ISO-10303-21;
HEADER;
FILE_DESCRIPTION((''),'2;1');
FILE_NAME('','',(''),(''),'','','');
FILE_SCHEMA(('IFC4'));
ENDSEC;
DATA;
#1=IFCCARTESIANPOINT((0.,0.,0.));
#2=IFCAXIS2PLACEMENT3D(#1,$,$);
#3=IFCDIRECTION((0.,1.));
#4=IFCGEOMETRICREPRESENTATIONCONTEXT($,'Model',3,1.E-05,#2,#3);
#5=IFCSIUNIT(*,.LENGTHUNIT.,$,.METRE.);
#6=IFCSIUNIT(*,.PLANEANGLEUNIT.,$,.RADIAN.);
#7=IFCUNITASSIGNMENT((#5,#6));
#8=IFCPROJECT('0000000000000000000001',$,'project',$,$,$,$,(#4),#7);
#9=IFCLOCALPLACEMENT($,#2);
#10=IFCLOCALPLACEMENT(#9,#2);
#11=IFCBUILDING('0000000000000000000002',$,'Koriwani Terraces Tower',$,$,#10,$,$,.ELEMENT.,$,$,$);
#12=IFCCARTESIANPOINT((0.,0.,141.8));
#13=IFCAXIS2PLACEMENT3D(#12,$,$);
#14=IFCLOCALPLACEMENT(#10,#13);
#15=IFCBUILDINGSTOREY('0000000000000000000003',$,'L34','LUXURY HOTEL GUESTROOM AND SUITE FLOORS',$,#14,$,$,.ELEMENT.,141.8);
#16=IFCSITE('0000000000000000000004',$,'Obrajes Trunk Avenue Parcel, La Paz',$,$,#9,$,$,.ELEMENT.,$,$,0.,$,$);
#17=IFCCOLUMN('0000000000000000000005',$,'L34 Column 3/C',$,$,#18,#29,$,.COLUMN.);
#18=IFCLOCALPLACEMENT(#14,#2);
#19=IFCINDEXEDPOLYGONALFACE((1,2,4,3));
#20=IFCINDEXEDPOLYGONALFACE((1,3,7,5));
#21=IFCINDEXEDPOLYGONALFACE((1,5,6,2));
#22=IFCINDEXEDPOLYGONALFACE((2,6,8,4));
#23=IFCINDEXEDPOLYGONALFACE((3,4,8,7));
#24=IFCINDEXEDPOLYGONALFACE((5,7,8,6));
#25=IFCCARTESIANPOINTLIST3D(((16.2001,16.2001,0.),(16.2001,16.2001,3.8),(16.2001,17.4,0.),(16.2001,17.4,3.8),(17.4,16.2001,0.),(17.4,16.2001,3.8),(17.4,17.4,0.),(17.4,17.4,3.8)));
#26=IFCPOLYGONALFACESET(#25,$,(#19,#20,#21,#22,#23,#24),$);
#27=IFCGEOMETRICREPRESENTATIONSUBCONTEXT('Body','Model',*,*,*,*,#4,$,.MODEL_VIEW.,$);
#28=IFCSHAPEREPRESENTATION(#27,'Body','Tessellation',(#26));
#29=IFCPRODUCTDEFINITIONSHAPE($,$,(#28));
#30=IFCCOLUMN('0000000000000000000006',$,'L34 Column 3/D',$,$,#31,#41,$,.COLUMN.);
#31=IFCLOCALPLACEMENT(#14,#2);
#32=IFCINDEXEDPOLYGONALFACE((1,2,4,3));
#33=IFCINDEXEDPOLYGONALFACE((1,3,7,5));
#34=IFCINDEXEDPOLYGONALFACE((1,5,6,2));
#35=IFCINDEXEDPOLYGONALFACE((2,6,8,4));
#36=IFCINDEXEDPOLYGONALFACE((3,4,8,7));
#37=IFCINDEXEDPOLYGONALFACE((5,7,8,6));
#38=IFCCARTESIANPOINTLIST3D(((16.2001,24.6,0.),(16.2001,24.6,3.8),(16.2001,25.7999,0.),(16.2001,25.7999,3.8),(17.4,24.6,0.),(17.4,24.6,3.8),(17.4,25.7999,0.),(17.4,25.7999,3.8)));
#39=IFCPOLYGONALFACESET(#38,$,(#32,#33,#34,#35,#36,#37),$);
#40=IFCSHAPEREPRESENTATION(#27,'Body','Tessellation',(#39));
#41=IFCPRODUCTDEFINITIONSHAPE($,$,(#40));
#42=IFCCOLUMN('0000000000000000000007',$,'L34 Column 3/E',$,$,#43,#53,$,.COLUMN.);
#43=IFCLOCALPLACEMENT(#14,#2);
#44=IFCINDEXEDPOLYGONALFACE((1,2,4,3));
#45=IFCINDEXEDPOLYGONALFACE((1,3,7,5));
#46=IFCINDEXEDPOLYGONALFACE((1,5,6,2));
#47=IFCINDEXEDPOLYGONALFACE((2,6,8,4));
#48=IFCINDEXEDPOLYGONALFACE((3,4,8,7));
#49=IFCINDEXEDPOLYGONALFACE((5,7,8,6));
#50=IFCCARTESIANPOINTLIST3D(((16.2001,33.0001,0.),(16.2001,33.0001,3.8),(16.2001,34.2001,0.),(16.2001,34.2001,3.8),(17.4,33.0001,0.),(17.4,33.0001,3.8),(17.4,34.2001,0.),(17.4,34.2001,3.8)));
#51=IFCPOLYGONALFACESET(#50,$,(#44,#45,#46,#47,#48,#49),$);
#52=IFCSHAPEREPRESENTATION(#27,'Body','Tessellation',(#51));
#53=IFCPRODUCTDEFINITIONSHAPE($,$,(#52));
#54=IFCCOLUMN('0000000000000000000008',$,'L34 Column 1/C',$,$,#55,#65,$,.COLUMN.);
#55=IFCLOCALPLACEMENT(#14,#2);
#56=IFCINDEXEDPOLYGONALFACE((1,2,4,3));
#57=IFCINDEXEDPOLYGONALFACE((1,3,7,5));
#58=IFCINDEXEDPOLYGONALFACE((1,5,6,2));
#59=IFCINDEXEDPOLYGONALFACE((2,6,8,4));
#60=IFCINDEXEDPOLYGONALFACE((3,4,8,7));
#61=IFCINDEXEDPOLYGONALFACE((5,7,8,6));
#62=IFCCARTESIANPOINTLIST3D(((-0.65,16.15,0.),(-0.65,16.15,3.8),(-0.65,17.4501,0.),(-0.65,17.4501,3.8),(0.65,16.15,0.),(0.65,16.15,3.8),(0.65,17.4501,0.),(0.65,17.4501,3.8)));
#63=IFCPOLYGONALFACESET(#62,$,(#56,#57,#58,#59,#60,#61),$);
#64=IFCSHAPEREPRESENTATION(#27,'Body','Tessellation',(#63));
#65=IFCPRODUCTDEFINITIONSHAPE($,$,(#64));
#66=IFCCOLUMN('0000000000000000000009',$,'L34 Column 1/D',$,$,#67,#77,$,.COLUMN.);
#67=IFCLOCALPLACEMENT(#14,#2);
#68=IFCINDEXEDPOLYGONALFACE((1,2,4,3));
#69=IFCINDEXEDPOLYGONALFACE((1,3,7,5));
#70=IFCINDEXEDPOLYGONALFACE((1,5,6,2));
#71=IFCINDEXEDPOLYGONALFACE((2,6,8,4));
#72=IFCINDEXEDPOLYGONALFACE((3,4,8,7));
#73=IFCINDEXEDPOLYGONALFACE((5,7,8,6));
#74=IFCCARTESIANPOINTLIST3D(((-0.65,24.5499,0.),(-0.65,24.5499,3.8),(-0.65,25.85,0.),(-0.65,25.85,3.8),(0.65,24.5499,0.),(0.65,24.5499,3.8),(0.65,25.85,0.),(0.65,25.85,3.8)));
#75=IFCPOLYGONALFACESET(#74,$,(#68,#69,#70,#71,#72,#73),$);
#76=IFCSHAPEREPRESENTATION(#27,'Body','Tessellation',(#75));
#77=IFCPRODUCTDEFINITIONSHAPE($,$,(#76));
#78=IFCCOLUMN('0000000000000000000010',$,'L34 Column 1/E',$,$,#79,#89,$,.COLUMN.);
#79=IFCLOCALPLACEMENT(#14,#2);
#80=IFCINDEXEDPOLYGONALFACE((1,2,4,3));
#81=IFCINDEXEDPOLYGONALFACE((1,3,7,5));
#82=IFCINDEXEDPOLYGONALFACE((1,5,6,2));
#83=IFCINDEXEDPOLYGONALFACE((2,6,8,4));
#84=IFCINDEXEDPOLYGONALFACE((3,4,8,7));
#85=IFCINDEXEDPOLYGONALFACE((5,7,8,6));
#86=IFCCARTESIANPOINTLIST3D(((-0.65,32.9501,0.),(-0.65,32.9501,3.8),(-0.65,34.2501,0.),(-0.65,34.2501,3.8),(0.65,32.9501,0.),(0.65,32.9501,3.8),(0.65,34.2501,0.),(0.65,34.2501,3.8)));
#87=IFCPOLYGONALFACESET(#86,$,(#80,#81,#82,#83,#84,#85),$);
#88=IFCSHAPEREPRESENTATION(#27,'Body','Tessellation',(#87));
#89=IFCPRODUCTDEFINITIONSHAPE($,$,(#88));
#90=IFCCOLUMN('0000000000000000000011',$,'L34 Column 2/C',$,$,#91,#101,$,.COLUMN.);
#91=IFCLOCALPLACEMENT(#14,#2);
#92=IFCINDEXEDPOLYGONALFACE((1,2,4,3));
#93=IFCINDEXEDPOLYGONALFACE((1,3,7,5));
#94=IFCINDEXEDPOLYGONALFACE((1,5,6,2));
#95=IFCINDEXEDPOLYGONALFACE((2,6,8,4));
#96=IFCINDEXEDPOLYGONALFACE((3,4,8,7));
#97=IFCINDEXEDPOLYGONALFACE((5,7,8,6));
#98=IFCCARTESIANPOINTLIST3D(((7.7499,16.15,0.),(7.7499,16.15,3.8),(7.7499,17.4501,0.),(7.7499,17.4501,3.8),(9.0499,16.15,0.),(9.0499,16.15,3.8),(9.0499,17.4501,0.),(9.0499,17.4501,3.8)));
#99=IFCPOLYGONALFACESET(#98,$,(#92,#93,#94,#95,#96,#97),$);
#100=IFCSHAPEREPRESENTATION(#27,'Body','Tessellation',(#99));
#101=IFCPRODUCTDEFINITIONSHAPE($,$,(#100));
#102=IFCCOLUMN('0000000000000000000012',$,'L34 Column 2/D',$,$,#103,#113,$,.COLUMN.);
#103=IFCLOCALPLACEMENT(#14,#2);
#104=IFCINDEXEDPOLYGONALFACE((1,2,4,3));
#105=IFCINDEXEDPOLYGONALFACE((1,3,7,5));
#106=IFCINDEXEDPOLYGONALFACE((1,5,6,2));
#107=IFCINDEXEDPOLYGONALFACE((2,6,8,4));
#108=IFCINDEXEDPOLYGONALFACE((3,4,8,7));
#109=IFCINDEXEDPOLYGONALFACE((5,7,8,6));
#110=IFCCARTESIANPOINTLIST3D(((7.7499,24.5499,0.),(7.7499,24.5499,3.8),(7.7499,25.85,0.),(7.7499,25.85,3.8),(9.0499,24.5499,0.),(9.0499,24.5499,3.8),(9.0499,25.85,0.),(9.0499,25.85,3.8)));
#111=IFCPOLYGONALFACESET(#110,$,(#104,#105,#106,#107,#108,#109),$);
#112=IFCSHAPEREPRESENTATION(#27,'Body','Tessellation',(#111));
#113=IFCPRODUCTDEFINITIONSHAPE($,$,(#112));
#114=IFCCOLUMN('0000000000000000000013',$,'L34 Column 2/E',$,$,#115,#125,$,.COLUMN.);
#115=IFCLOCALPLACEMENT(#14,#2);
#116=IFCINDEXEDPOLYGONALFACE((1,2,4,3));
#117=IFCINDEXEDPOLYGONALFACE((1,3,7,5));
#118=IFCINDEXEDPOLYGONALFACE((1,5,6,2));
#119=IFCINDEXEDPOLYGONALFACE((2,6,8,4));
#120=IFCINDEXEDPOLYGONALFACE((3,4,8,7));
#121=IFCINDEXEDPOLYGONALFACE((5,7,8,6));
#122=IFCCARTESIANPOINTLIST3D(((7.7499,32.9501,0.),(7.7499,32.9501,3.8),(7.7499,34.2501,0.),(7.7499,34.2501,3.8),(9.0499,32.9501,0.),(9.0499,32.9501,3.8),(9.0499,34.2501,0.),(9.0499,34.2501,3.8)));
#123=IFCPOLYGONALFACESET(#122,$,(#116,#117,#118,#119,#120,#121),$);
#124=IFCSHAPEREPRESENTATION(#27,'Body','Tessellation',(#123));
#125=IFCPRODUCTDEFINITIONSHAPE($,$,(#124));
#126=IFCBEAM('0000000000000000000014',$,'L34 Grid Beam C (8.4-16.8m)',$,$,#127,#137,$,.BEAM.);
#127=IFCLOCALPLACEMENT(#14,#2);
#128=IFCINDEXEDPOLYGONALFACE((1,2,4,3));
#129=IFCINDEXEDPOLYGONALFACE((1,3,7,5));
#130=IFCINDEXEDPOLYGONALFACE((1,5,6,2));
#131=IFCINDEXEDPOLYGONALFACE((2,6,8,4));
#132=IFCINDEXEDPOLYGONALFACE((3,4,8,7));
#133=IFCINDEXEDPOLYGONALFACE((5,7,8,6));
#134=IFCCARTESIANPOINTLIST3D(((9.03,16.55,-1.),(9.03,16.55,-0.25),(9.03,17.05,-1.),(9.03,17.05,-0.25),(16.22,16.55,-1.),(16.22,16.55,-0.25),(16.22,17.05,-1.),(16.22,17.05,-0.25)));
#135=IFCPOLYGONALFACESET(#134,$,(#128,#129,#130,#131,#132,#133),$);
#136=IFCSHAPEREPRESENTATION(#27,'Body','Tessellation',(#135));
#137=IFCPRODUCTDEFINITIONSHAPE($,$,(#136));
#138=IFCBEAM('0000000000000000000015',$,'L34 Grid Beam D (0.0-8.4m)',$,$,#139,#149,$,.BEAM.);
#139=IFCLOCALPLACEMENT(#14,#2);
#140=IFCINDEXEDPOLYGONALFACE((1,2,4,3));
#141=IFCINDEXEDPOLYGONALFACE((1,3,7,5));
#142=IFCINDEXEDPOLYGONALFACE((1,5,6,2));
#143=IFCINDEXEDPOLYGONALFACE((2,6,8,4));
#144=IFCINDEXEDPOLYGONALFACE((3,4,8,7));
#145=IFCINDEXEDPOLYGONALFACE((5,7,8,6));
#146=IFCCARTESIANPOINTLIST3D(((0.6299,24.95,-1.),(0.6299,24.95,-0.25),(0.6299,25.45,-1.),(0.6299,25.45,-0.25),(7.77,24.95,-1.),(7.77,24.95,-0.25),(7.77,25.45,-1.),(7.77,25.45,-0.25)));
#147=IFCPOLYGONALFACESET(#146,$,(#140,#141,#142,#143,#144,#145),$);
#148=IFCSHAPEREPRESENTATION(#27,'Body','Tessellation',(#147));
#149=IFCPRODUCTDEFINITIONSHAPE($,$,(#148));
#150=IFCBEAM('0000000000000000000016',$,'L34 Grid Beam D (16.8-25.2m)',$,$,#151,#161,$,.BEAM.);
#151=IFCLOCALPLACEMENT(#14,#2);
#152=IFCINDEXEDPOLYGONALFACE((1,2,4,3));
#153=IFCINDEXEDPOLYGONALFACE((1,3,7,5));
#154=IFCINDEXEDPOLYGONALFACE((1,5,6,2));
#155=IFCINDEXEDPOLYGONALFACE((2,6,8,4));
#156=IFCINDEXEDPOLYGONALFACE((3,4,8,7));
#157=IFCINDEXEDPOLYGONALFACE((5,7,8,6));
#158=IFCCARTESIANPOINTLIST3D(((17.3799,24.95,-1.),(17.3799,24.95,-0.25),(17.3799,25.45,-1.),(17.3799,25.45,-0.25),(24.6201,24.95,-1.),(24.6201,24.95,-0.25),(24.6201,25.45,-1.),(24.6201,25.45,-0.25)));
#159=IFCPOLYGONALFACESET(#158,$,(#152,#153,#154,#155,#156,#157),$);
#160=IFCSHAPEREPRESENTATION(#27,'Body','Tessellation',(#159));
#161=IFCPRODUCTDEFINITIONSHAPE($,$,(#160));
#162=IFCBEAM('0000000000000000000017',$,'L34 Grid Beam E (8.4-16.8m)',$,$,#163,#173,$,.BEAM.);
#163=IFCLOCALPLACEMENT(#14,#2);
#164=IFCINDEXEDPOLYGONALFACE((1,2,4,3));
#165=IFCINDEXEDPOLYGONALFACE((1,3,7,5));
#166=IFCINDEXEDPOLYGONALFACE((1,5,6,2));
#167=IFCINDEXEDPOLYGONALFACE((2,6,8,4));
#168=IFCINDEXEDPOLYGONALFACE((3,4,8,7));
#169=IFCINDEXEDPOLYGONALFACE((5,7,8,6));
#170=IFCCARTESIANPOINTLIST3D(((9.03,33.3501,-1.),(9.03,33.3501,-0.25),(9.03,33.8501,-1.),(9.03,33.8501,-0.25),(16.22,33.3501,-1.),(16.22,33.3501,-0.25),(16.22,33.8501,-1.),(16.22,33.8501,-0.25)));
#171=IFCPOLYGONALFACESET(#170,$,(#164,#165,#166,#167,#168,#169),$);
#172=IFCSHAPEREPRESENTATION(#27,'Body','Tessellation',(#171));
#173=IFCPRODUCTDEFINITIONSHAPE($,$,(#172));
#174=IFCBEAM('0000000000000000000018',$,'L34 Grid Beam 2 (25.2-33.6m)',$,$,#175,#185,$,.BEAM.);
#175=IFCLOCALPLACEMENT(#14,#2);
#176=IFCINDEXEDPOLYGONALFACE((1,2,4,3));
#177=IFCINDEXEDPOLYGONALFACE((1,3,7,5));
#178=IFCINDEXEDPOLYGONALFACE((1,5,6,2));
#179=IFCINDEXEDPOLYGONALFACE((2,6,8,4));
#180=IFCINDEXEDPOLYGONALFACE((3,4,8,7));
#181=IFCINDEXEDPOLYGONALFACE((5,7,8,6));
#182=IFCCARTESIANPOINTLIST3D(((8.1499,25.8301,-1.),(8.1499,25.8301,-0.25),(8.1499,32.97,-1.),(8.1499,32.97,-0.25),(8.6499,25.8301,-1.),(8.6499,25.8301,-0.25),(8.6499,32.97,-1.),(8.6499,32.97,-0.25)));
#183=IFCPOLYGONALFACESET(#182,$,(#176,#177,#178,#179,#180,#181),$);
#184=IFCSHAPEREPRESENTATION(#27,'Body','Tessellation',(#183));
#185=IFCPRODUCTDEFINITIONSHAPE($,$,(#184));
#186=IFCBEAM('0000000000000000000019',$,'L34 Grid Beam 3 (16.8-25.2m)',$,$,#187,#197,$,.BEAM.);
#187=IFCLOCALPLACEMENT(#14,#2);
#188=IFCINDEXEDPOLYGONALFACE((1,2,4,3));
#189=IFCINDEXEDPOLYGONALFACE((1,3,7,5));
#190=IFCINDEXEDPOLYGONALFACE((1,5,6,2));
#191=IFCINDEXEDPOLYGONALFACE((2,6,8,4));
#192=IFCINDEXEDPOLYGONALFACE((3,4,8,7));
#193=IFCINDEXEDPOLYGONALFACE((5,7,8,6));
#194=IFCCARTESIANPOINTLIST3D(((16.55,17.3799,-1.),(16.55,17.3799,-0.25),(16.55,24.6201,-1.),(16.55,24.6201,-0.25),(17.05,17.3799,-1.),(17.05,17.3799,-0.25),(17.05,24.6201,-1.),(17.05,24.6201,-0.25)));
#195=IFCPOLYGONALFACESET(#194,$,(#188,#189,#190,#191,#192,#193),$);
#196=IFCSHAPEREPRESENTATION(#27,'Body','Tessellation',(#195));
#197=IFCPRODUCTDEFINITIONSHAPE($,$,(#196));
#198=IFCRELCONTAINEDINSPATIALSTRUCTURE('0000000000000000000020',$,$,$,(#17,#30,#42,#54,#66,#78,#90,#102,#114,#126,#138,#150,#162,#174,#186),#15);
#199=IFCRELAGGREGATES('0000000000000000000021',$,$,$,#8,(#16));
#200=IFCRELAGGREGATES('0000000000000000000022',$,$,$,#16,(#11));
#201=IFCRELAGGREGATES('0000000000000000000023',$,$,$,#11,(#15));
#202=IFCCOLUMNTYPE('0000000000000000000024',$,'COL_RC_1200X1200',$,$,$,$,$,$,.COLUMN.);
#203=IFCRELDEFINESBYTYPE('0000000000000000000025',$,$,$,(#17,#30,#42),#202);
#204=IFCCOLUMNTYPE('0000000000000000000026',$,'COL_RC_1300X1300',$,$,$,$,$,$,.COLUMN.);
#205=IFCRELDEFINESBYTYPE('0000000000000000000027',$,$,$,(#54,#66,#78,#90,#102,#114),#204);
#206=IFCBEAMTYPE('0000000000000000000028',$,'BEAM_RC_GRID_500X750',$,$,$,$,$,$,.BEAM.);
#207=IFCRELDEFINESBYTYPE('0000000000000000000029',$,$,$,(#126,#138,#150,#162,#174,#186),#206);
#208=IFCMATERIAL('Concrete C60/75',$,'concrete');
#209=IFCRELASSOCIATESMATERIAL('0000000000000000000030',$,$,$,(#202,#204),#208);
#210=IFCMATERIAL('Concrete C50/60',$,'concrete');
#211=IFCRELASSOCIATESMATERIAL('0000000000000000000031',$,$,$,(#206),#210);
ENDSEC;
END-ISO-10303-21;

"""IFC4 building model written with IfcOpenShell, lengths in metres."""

from ifc_helpers import new_model, si_unit, direction, frame, origin, origin_2d, place, context, subcontext, project, spatial, rectangle, extrude, material, material_profile, profile_set, type_object, element, save


model = new_model("IFC4")

# Units and contexts
model_context = context("Model", 3, precision=1e-05, world=origin(), true_north=direction((0.0, 1.0)))
body_context = subcontext(model_context, "Body", "Model", "MODEL_VIEW")
ifc_project = project(units=[si_unit("LENGTHUNIT", "METRE"), si_unit("PLANEANGLEUNIT", "RADIAN")], contexts=[model_context])

# Site, building, storey
site_placement = place(None, origin())
site = spatial("IfcSite", under=ifc_project, at=site_placement, Name="Obrajes Trunk Avenue Parcel, La Paz", CompositionType="ELEMENT", RefElevation=0.0)
building_placement = place(site_placement, origin())
building = spatial("IfcBuilding", under=site, at=building_placement, Name="Koriwani Terraces Tower", CompositionType="ELEMENT")
storey_placement = place(building_placement, frame((0.0, 0.0, 141.8)))
storey = spatial("IfcBuildingStorey", under=building, at=storey_placement, Name="L34", Description="LUXURY HOTEL GUESTROOM AND SUITE FLOORS", CompositionType="ELEMENT", Elevation=141.8)

# Columns
ifc_material_1 = material(Name="Concrete C60/75", Category="concrete")
ifc_material_profile_1 = material_profile(ifc_material_1, rectangle(XDim=1.2, YDim=1.2, at=origin_2d()), Name="Concrete C60/75", Category="LoadBearing")
ifc_profile_set_1 = profile_set([ifc_material_profile_1], Name="Concrete C60/75")
column_type_1 = type_object("IfcColumnType", Name="COL_RC_1200X1200", PredefinedType="COLUMN", material=ifc_profile_set_1)
for number, where, z_axis, x_axis, name in (
    (1, (16.8, 16.8, 0.0), (0.0, 0.0, 1.0), (1.0, 0.0, 0.0), "L34 Column 3/C"),
    (2, (16.8, 25.2, 0.0), (0.0, 0.0, 1.0), (1.0, 0.0, 0.0), "L34 Column 3/D"),
    (3, (16.8, 33.6001, 0.0), (0.0, 0.0, 1.0), (1.0, 0.0, 0.0), "L34 Column 3/E"),
):
    element("IfcColumn", number, at=place(storey_placement, frame(where, z_axis=z_axis, x_axis=x_axis)), inside=storey, type_object=column_type_1, Name=name, PredefinedType="COLUMN", context=body_context, shape_type="SweptSolid", body=[
        extrude(rectangle(XDim=1.2, YDim=1.2, at=origin_2d()), origin(), (0.0, 0.0, 1.0), 3.8),
    ])
ifc_material_profile_2 = material_profile(ifc_material_1, rectangle(XDim=1.3, YDim=1.3, at=origin_2d()), Name="Concrete C60/75", Category="LoadBearing")
ifc_profile_set_2 = profile_set([ifc_material_profile_2], Name="Concrete C60/75")
column_type_2 = type_object("IfcColumnType", Name="COL_RC_1300X1300", PredefinedType="COLUMN", material=ifc_profile_set_2)
for number, where, z_axis, x_axis, name in (
    (4, (0.0, 16.8, 0.0), (0.0, 0.0, 1.0), (1.0, 0.0, 0.0), "L34 Column 1/C"),
    (5, (0.0, 25.2, 0.0), (0.0, 0.0, 1.0), (1.0, 0.0, 0.0), "L34 Column 1/D"),
    (6, (0.0, 33.6001, 0.0), (0.0, 0.0, 1.0), (1.0, 0.0, 0.0), "L34 Column 1/E"),
    (7, (8.3999, 16.8, 0.0), (0.0, 0.0, 1.0), (1.0, 0.0, 0.0), "L34 Column 2/C"),
    (8, (8.3999, 25.2, 0.0), (0.0, 0.0, 1.0), (1.0, 0.0, 0.0), "L34 Column 2/D"),
    (9, (8.3999, 33.6001, 0.0), (0.0, 0.0, 1.0), (1.0, 0.0, 0.0), "L34 Column 2/E"),
):
    element("IfcColumn", number, at=place(storey_placement, frame(where, z_axis=z_axis, x_axis=x_axis)), inside=storey, type_object=column_type_2, Name=name, PredefinedType="COLUMN", context=body_context, shape_type="SweptSolid", body=[
        extrude(rectangle(XDim=1.3, YDim=1.3, at=origin_2d()), origin(), (0.0, 0.0, 1.0), 3.8),
    ])

# Beams
ifc_material_2 = material(Name="Concrete C50/60", Category="concrete")
ifc_material_profile_3 = material_profile(ifc_material_2, rectangle(XDim=0.5, YDim=0.75, at=origin_2d()), Name="Concrete C50/60", Category="LoadBearing")
ifc_profile_set_3 = profile_set([ifc_material_profile_3], Name="Concrete C50/60")
beam_type_1 = type_object("IfcBeamType", Name="BEAM_RC_GRID_500X750", PredefinedType="BEAM", material=ifc_profile_set_3)
beam_1_placement = place(storey_placement, frame((9.03, 16.8, -0.625), z_axis=(1.0, 0.0, 0.0), x_axis=(0.0, 1.0, 0.0)))
element("IfcBeam", 10, at=beam_1_placement, inside=storey, type_object=beam_type_1, Name="L34 Grid Beam C (8.4-16.8m)", PredefinedType="BEAM", context=body_context, shape_type="SweptSolid", body=[
    extrude(rectangle(XDim=0.5, YDim=0.75, at=origin_2d()), origin(), (0.0, 0.0, 1.0), 7.1899),
])
beam_2_placement = place(storey_placement, frame((0.6299, 25.2, -0.625), z_axis=(1.0, 0.0, 0.0), x_axis=(0.0, 1.0, 0.0)))
element("IfcBeam", 11, at=beam_2_placement, inside=storey, type_object=beam_type_1, Name="L34 Grid Beam D (0.0-8.4m)", PredefinedType="BEAM", context=body_context, shape_type="SweptSolid", body=[
    extrude(rectangle(XDim=0.5, YDim=0.75, at=origin_2d()), origin(), (0.0, 0.0, 1.0), 7.1401),
])
beam_3_placement = place(storey_placement, frame((17.3799, 25.2, -0.625), z_axis=(1.0, 0.0, 0.0), x_axis=(0.0, 1.0, 0.0)))
element("IfcBeam", 12, at=beam_3_placement, inside=storey, type_object=beam_type_1, Name="L34 Grid Beam D (16.8-25.2m)", PredefinedType="BEAM", context=body_context, shape_type="SweptSolid", body=[
    extrude(rectangle(XDim=0.5, YDim=0.75, at=origin_2d()), origin(), (0.0, 0.0, 1.0), 7.2402),
])
beam_4_placement = place(storey_placement, frame((9.03, 33.6001, -0.625), z_axis=(1.0, 0.0, 0.0), x_axis=(0.0, 1.0, 0.0)))
element("IfcBeam", 13, at=beam_4_placement, inside=storey, type_object=beam_type_1, Name="L34 Grid Beam E (8.4-16.8m)", PredefinedType="BEAM", context=body_context, shape_type="SweptSolid", body=[
    extrude(rectangle(XDim=0.5, YDim=0.75, at=origin_2d()), origin(), (0.0, 0.0, 1.0), 7.1899),
])
beam_5_placement = place(storey_placement, frame((8.3999, 25.8301, -0.625), z_axis=(0.0, 1.0, 0.0), x_axis=(-1.0, 0.0, 0.0)))
element("IfcBeam", 14, at=beam_5_placement, inside=storey, type_object=beam_type_1, Name="L34 Grid Beam 2 (25.2-33.6m)", PredefinedType="BEAM", context=body_context, shape_type="SweptSolid", body=[
    extrude(rectangle(XDim=0.5, YDim=0.75, at=origin_2d()), origin(), (0.0, 0.0, 1.0), 7.1399),
])
beam_6_placement = place(storey_placement, frame((16.8, 17.3799, -0.625), z_axis=(0.0, 1.0, 0.0), x_axis=(-1.0, 0.0, 0.0)))
element("IfcBeam", 15, at=beam_6_placement, inside=storey, type_object=beam_type_1, Name="L34 Grid Beam 3 (16.8-25.2m)", PredefinedType="BEAM", context=body_context, shape_type="SweptSolid", body=[
    extrude(rectangle(XDim=0.5, YDim=0.75, at=origin_2d()), origin(), (0.0, 0.0, 1.0), 7.2402),
])

save(model, "model.ifc")
